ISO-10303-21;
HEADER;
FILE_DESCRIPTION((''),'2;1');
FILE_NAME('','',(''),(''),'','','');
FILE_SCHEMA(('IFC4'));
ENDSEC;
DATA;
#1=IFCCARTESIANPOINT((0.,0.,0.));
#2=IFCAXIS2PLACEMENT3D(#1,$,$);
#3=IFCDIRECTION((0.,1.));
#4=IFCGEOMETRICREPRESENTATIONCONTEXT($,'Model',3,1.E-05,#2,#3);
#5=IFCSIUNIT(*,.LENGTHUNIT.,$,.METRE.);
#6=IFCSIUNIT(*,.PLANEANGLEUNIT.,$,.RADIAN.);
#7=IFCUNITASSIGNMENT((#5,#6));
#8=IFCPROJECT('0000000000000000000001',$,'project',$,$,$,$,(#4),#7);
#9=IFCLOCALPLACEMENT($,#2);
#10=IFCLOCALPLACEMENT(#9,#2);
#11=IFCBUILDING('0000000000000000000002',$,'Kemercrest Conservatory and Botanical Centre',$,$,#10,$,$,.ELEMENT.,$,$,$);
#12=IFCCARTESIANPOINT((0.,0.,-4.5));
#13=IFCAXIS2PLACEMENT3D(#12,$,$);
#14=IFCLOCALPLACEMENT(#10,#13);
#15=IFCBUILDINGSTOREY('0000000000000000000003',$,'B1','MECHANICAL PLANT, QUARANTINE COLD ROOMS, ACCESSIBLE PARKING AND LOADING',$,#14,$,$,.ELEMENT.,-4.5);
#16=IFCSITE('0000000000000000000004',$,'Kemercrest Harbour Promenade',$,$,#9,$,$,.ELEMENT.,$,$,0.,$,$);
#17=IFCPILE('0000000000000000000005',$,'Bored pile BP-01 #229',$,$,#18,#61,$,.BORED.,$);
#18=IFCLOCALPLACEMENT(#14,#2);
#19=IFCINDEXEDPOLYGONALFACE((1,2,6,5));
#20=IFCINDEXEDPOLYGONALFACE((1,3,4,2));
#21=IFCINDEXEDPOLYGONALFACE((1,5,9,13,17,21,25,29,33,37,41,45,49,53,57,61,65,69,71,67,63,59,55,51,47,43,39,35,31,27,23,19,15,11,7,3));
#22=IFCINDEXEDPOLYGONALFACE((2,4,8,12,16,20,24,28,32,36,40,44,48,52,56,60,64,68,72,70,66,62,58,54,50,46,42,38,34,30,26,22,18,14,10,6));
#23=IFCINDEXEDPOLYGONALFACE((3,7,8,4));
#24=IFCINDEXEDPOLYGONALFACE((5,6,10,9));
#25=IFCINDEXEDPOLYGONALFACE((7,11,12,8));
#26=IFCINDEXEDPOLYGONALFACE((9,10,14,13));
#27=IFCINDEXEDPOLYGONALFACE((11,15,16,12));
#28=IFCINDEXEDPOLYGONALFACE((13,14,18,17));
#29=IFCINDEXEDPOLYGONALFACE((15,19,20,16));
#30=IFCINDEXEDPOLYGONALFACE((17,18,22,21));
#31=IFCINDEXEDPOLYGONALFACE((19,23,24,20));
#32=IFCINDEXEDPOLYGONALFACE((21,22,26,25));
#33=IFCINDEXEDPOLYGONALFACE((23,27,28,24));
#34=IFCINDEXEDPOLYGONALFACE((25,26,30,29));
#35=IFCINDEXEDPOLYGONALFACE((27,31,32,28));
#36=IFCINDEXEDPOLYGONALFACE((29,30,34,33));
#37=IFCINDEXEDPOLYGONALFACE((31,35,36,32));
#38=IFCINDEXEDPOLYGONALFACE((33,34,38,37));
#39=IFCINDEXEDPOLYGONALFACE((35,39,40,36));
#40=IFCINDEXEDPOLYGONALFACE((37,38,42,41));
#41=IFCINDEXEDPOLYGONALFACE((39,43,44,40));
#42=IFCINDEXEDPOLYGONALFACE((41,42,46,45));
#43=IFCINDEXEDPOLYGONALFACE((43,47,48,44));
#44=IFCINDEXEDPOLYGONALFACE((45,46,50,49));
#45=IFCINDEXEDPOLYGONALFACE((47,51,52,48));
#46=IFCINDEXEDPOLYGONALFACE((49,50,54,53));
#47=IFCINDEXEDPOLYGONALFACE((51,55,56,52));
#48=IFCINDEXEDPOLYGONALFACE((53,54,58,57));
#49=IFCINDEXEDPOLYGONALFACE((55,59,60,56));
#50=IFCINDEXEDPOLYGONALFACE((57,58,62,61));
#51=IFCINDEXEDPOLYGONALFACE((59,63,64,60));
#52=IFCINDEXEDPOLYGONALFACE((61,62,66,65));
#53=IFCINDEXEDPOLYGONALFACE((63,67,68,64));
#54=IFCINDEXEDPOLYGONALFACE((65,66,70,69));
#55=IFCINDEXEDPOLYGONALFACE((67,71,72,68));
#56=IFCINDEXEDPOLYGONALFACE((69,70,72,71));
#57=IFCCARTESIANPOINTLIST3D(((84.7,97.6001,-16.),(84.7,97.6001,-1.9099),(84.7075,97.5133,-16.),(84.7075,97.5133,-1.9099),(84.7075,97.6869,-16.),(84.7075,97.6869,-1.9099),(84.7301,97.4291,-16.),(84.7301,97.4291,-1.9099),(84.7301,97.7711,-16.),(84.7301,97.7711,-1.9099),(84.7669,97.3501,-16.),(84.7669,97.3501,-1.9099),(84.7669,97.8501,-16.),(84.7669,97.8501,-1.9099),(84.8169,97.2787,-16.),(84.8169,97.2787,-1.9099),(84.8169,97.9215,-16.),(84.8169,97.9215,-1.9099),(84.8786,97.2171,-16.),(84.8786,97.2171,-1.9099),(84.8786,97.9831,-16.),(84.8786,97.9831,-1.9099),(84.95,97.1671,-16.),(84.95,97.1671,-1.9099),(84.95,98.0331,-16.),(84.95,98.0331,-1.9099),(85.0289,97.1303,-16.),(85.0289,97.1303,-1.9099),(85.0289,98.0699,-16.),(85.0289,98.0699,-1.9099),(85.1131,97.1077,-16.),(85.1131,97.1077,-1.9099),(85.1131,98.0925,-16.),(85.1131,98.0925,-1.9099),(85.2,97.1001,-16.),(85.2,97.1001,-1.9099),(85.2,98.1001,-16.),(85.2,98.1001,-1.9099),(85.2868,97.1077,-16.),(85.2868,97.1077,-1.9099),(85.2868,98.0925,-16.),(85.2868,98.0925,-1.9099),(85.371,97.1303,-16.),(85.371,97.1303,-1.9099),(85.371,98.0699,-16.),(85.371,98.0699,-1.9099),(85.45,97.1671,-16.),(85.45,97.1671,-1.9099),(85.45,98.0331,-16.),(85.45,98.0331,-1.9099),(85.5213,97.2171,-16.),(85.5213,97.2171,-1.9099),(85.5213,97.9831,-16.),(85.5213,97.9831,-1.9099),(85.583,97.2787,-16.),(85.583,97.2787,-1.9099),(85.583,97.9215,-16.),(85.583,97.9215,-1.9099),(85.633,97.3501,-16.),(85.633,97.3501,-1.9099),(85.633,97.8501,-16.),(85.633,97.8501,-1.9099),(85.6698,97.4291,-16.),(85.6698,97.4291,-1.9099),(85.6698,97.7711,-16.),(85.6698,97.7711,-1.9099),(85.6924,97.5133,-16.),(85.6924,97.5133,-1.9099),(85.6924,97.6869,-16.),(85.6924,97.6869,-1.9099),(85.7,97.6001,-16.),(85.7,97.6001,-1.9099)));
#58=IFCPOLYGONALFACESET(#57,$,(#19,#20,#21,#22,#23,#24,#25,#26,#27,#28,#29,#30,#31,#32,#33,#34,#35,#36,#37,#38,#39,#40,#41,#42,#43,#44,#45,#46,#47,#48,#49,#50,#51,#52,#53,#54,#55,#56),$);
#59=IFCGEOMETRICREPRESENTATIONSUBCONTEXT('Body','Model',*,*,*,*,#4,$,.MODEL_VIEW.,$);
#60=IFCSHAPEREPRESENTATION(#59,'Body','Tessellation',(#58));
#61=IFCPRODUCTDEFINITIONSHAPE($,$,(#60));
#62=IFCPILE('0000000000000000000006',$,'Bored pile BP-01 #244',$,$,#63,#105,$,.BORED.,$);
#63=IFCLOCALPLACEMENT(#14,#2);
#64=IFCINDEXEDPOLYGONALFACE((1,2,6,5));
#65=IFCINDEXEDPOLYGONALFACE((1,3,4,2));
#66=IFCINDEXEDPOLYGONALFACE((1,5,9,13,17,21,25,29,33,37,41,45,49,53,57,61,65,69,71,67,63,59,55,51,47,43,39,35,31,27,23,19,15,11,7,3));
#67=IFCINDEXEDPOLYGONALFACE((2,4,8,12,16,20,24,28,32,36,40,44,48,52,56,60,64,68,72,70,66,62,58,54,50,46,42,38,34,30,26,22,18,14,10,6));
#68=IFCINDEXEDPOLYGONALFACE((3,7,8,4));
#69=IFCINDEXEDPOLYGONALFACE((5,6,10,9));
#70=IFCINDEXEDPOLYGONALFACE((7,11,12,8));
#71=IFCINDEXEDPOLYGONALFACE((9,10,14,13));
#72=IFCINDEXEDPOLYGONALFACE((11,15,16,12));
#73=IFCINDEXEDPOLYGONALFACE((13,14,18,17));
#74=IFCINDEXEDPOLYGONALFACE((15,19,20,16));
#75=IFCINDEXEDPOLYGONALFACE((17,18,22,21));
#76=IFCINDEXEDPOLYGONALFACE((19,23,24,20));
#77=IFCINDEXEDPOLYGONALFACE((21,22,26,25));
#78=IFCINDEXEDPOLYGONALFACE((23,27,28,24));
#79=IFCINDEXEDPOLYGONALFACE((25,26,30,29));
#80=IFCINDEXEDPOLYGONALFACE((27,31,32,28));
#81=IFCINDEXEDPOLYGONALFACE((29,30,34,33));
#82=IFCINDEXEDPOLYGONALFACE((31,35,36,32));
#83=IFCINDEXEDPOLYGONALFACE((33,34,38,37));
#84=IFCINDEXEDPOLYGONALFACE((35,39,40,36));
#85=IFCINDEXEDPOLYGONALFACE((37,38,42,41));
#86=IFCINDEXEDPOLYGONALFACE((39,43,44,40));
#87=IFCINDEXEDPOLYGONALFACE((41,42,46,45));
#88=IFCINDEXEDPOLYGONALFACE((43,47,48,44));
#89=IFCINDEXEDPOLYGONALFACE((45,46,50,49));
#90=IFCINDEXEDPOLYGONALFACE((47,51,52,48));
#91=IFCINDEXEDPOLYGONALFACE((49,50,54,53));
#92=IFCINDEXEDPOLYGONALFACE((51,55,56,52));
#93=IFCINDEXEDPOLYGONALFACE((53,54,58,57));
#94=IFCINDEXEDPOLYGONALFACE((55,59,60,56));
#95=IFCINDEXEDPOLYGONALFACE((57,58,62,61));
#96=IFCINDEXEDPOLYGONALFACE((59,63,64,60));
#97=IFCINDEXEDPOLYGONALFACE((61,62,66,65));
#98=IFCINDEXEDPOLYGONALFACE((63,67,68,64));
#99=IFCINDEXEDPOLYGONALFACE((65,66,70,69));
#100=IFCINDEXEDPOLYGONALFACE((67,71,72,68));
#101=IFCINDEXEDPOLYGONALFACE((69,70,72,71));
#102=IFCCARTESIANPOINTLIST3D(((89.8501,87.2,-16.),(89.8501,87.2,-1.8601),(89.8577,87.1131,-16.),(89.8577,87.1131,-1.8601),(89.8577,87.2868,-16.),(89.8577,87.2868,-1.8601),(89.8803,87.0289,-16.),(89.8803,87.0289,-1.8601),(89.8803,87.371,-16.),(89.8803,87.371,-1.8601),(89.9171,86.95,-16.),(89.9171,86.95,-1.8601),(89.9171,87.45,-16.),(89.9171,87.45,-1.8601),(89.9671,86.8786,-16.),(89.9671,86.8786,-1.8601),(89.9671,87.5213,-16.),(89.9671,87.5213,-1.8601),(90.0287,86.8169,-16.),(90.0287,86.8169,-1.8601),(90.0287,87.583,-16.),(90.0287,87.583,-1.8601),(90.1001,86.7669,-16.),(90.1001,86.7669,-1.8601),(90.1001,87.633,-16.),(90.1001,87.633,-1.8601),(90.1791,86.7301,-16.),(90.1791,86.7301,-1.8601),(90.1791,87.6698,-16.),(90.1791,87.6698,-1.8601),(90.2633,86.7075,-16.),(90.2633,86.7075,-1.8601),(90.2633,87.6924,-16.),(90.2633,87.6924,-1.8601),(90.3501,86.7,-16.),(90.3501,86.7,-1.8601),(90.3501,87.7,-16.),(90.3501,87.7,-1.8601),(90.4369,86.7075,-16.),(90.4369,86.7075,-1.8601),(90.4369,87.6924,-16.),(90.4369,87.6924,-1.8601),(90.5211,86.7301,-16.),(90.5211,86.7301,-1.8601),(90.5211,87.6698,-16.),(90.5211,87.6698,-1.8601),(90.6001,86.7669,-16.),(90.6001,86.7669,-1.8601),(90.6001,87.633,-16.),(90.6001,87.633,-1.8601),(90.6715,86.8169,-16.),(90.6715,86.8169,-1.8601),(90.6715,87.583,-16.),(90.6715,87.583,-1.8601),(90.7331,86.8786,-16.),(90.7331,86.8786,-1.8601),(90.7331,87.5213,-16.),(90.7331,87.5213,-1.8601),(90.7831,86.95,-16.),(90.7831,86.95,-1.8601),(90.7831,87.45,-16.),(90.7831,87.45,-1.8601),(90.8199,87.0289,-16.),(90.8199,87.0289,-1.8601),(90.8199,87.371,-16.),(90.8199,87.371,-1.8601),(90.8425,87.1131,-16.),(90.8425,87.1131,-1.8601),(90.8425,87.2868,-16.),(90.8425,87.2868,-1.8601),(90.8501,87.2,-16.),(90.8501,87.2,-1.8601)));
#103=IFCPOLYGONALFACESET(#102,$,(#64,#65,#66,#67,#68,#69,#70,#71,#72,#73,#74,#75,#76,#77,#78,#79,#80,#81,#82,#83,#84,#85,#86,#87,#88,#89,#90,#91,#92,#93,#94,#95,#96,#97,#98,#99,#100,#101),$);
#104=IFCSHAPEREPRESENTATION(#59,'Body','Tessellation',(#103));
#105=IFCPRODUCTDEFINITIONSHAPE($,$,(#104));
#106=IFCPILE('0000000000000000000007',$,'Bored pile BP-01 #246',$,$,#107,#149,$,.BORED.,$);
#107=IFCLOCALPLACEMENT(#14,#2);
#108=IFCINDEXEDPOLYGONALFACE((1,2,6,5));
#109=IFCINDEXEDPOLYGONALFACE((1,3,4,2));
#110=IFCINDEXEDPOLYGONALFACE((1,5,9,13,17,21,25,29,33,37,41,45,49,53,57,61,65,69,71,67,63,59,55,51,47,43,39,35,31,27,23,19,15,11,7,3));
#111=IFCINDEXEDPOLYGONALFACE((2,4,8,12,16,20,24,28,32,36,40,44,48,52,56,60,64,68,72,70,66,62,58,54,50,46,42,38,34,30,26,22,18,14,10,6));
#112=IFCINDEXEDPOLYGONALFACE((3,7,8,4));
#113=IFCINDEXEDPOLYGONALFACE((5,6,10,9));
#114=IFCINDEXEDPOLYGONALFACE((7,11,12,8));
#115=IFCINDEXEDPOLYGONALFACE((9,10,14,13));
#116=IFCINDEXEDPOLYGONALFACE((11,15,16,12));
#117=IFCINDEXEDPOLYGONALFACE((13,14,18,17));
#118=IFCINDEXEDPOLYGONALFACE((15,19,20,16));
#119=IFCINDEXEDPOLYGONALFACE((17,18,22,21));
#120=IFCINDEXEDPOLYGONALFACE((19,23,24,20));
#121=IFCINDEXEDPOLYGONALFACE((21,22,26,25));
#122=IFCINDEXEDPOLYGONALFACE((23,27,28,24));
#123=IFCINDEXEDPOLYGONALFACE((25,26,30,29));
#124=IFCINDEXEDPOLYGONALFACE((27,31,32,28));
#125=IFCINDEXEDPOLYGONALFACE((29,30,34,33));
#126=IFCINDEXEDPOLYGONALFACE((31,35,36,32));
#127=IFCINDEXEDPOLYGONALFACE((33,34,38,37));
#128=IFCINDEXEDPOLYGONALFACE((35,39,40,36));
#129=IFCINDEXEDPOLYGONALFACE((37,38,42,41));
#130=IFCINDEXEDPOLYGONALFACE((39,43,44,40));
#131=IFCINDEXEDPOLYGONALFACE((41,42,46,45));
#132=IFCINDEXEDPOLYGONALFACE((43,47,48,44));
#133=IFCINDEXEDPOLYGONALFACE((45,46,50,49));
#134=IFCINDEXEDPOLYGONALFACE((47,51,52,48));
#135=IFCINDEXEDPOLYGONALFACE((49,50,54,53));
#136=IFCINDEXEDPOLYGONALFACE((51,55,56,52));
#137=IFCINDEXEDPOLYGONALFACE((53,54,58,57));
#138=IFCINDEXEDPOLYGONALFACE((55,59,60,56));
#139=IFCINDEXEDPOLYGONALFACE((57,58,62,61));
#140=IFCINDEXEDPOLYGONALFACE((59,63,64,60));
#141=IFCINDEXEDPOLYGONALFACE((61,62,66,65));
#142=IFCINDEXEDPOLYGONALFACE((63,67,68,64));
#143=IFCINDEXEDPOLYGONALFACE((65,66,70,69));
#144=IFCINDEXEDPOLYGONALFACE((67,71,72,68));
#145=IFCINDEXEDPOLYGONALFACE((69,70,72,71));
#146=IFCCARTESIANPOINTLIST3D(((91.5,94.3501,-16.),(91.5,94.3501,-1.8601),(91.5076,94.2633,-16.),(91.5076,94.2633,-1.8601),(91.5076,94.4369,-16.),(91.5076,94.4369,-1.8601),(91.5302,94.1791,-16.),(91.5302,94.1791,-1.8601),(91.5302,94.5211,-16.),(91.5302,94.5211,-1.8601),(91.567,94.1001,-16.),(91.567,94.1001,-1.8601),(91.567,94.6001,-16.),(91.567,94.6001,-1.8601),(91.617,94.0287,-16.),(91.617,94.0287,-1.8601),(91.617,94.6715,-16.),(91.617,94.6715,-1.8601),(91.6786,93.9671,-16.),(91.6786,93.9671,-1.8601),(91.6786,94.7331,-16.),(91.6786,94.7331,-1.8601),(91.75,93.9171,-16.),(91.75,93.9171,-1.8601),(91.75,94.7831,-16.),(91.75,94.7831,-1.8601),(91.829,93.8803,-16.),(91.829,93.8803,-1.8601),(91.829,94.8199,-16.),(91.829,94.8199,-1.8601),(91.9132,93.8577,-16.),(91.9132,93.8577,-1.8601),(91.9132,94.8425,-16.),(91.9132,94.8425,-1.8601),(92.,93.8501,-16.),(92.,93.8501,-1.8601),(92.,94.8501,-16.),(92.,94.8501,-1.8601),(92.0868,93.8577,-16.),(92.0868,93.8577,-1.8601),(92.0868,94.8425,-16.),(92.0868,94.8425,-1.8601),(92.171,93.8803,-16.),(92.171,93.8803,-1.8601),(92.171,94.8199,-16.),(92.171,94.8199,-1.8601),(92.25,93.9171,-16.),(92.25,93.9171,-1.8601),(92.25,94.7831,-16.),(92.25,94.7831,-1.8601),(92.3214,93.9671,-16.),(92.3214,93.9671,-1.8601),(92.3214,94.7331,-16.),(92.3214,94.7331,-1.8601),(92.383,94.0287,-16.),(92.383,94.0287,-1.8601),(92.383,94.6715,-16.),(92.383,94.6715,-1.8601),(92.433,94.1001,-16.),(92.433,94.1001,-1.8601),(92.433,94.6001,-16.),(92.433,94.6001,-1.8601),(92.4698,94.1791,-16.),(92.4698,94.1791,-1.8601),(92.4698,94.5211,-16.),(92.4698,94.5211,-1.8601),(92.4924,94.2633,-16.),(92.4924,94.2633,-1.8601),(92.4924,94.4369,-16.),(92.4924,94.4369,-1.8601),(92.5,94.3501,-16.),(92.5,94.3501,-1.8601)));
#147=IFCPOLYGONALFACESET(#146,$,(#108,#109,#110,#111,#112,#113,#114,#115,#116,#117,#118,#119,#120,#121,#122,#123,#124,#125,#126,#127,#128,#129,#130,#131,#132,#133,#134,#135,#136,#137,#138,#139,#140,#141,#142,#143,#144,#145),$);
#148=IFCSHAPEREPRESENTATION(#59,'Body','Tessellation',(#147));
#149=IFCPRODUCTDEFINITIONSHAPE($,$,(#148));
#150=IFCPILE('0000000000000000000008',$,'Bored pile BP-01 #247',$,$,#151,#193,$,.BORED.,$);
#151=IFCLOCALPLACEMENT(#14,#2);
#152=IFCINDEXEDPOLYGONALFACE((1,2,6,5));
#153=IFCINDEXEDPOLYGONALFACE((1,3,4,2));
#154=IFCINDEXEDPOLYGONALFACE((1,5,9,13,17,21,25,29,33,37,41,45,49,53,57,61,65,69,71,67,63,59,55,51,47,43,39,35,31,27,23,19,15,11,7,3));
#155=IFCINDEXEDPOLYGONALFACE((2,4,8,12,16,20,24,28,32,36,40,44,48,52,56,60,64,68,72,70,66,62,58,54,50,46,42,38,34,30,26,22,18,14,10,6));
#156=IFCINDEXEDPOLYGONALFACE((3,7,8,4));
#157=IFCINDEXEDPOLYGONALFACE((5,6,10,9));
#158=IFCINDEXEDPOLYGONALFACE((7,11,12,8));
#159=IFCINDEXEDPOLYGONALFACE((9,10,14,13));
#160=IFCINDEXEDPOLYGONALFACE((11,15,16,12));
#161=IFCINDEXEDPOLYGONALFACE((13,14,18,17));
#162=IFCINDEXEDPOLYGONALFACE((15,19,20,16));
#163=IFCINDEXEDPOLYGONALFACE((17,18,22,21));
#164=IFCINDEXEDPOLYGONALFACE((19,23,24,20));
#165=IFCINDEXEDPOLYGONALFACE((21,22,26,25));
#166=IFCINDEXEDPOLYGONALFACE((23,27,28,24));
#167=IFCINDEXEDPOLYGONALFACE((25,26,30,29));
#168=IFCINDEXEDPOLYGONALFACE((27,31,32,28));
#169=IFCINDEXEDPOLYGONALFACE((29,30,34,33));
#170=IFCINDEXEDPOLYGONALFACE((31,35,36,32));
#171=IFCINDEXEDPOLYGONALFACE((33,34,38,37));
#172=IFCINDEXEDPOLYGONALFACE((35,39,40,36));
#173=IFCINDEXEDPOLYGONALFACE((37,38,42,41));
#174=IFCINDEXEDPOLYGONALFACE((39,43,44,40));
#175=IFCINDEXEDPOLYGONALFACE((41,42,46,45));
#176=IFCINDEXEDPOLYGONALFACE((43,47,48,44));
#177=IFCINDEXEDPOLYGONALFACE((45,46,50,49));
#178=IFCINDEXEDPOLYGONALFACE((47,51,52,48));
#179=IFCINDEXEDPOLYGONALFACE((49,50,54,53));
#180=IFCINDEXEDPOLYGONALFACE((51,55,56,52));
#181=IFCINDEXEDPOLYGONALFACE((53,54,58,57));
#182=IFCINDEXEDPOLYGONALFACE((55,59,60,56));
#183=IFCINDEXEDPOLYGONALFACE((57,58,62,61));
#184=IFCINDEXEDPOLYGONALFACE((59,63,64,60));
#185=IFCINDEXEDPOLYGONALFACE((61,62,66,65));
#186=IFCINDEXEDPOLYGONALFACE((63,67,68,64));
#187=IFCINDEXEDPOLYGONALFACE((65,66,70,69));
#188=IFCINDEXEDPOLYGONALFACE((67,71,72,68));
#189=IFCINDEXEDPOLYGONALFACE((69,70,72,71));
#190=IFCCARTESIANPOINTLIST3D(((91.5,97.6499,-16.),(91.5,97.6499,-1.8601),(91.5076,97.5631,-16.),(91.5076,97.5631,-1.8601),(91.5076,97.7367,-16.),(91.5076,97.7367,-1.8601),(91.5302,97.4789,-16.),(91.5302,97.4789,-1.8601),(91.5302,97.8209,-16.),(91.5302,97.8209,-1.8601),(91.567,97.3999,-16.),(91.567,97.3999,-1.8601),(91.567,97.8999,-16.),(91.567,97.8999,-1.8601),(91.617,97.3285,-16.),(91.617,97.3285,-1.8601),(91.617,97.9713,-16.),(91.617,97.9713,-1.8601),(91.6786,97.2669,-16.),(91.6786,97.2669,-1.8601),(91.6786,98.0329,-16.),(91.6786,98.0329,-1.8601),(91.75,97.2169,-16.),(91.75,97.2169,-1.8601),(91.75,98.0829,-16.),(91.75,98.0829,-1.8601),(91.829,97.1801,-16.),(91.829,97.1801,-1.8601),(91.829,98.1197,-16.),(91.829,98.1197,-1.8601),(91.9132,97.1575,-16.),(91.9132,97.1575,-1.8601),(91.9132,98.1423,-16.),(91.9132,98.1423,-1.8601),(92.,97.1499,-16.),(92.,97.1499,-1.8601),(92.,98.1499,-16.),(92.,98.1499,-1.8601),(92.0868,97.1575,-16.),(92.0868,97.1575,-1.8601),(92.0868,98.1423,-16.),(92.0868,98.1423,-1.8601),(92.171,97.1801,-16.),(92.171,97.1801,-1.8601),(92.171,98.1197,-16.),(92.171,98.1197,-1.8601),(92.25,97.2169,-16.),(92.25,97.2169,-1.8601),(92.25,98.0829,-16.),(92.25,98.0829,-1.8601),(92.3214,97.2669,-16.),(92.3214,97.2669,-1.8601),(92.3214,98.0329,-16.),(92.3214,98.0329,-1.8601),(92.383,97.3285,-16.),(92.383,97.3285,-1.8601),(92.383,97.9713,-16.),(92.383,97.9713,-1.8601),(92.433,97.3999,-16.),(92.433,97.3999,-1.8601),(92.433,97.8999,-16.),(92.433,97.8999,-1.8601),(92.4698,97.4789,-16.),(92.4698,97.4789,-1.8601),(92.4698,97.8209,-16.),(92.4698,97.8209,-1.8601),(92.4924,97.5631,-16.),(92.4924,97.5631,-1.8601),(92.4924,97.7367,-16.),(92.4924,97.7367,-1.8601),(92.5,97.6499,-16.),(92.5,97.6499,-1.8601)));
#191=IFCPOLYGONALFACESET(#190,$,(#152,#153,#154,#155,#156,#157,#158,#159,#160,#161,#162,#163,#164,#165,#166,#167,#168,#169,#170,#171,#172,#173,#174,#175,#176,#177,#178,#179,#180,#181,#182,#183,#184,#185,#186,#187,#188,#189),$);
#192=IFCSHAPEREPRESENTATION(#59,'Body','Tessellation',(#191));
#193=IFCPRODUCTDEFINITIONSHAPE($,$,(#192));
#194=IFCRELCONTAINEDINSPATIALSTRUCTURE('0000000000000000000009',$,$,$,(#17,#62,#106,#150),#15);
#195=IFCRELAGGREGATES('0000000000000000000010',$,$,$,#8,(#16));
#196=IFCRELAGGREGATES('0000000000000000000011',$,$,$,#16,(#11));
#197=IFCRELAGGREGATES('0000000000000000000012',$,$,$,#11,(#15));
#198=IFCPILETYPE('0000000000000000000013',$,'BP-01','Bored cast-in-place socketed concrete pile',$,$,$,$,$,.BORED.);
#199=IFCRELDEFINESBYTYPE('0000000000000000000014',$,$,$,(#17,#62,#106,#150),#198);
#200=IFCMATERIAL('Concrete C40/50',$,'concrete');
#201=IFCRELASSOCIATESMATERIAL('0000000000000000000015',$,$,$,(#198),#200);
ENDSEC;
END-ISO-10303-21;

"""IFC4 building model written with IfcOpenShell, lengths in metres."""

from ifc_helpers import new_model, si_unit, direction, frame, origin, origin_2d, place, context, subcontext, project, spatial, circle, extrude, material, material_profile, profile_set, type_object, element, save


model = new_model("IFC4")

# Units and contexts
model_context = context("Model", 3, precision=1e-05, world=origin(), true_north=direction((0.0, 1.0)))
body_context = subcontext(model_context, "Body", "Model", "MODEL_VIEW")
ifc_project = project(units=[si_unit("LENGTHUNIT", "METRE"), si_unit("PLANEANGLEUNIT", "RADIAN")], contexts=[model_context])

# Site, building, storey
site_placement = place(None, origin())
site = spatial("IfcSite", under=ifc_project, at=site_placement, Name="Kemercrest Harbour Promenade", CompositionType="ELEMENT", RefElevation=0.0)
building_placement = place(site_placement, origin())
building = spatial("IfcBuilding", under=site, at=building_placement, Name="Kemercrest Conservatory and Botanical Centre", CompositionType="ELEMENT")
storey_placement = place(building_placement, frame((0.0, 0.0, -4.5)))
storey = spatial("IfcBuildingStorey", under=building, at=storey_placement, Name="B1", Description="MECHANICAL PLANT, QUARANTINE COLD ROOMS, ACCESSIBLE PARKING AND LOADING", CompositionType="ELEMENT", Elevation=-4.5)

# Piles
ifc_material_1 = material(Name="Concrete C40/50", Category="concrete")
ifc_material_profile_1 = material_profile(ifc_material_1, circle(Radius=0.5, at=origin_2d()), Name="BORED PILE 1000")
ifc_profile_set_1 = profile_set([ifc_material_profile_1], Name="Concrete C40/50")
pile_type_1 = type_object("IfcPileType", Name="BP-01", Description="Bored cast-in-place socketed concrete pile", PredefinedType="BORED", material=ifc_profile_set_1)
for number, where, z_axis, x_axis, name in (
    (1, (85.2, 97.6001, -1.9099), (0.0, 0.0, -1.0), (1.0, 0.0, 0.0), "Bored pile BP-01 #229"),
):
    element("IfcPile", number, at=place(storey_placement, frame(where, z_axis=z_axis, x_axis=x_axis)), inside=storey, type_object=pile_type_1, Name=name, PredefinedType="BORED", context=body_context, shape_type="SweptSolid", body=[
        extrude(circle(Radius=0.5, at=origin_2d()), origin(), (0.0, 0.0, 1.0), 14.0901),
    ])
for number, where, z_axis, x_axis, name in (
    (2, (90.3501, 87.2, -1.8601), (0.0, 0.0, -1.0), (1.0, 0.0, 0.0), "Bored pile BP-01 #244"),
    (3, (92.0, 94.3501, -1.8601), (0.0, 0.0, -1.0), (1.0, 0.0, 0.0), "Bored pile BP-01 #246"),
    (4, (92.0, 97.6499, -1.8601), (0.0, 0.0, -1.0), (1.0, 0.0, 0.0), "Bored pile BP-01 #247"),
):
    element("IfcPile", number, at=place(storey_placement, frame(where, z_axis=z_axis, x_axis=x_axis)), inside=storey, type_object=pile_type_1, Name=name, PredefinedType="BORED", context=body_context, shape_type="SweptSolid", body=[
        extrude(circle(Radius=0.5, at=origin_2d()), origin(), (0.0, 0.0, 1.0), 14.1399),
    ])

save(model, "model.ifc")
